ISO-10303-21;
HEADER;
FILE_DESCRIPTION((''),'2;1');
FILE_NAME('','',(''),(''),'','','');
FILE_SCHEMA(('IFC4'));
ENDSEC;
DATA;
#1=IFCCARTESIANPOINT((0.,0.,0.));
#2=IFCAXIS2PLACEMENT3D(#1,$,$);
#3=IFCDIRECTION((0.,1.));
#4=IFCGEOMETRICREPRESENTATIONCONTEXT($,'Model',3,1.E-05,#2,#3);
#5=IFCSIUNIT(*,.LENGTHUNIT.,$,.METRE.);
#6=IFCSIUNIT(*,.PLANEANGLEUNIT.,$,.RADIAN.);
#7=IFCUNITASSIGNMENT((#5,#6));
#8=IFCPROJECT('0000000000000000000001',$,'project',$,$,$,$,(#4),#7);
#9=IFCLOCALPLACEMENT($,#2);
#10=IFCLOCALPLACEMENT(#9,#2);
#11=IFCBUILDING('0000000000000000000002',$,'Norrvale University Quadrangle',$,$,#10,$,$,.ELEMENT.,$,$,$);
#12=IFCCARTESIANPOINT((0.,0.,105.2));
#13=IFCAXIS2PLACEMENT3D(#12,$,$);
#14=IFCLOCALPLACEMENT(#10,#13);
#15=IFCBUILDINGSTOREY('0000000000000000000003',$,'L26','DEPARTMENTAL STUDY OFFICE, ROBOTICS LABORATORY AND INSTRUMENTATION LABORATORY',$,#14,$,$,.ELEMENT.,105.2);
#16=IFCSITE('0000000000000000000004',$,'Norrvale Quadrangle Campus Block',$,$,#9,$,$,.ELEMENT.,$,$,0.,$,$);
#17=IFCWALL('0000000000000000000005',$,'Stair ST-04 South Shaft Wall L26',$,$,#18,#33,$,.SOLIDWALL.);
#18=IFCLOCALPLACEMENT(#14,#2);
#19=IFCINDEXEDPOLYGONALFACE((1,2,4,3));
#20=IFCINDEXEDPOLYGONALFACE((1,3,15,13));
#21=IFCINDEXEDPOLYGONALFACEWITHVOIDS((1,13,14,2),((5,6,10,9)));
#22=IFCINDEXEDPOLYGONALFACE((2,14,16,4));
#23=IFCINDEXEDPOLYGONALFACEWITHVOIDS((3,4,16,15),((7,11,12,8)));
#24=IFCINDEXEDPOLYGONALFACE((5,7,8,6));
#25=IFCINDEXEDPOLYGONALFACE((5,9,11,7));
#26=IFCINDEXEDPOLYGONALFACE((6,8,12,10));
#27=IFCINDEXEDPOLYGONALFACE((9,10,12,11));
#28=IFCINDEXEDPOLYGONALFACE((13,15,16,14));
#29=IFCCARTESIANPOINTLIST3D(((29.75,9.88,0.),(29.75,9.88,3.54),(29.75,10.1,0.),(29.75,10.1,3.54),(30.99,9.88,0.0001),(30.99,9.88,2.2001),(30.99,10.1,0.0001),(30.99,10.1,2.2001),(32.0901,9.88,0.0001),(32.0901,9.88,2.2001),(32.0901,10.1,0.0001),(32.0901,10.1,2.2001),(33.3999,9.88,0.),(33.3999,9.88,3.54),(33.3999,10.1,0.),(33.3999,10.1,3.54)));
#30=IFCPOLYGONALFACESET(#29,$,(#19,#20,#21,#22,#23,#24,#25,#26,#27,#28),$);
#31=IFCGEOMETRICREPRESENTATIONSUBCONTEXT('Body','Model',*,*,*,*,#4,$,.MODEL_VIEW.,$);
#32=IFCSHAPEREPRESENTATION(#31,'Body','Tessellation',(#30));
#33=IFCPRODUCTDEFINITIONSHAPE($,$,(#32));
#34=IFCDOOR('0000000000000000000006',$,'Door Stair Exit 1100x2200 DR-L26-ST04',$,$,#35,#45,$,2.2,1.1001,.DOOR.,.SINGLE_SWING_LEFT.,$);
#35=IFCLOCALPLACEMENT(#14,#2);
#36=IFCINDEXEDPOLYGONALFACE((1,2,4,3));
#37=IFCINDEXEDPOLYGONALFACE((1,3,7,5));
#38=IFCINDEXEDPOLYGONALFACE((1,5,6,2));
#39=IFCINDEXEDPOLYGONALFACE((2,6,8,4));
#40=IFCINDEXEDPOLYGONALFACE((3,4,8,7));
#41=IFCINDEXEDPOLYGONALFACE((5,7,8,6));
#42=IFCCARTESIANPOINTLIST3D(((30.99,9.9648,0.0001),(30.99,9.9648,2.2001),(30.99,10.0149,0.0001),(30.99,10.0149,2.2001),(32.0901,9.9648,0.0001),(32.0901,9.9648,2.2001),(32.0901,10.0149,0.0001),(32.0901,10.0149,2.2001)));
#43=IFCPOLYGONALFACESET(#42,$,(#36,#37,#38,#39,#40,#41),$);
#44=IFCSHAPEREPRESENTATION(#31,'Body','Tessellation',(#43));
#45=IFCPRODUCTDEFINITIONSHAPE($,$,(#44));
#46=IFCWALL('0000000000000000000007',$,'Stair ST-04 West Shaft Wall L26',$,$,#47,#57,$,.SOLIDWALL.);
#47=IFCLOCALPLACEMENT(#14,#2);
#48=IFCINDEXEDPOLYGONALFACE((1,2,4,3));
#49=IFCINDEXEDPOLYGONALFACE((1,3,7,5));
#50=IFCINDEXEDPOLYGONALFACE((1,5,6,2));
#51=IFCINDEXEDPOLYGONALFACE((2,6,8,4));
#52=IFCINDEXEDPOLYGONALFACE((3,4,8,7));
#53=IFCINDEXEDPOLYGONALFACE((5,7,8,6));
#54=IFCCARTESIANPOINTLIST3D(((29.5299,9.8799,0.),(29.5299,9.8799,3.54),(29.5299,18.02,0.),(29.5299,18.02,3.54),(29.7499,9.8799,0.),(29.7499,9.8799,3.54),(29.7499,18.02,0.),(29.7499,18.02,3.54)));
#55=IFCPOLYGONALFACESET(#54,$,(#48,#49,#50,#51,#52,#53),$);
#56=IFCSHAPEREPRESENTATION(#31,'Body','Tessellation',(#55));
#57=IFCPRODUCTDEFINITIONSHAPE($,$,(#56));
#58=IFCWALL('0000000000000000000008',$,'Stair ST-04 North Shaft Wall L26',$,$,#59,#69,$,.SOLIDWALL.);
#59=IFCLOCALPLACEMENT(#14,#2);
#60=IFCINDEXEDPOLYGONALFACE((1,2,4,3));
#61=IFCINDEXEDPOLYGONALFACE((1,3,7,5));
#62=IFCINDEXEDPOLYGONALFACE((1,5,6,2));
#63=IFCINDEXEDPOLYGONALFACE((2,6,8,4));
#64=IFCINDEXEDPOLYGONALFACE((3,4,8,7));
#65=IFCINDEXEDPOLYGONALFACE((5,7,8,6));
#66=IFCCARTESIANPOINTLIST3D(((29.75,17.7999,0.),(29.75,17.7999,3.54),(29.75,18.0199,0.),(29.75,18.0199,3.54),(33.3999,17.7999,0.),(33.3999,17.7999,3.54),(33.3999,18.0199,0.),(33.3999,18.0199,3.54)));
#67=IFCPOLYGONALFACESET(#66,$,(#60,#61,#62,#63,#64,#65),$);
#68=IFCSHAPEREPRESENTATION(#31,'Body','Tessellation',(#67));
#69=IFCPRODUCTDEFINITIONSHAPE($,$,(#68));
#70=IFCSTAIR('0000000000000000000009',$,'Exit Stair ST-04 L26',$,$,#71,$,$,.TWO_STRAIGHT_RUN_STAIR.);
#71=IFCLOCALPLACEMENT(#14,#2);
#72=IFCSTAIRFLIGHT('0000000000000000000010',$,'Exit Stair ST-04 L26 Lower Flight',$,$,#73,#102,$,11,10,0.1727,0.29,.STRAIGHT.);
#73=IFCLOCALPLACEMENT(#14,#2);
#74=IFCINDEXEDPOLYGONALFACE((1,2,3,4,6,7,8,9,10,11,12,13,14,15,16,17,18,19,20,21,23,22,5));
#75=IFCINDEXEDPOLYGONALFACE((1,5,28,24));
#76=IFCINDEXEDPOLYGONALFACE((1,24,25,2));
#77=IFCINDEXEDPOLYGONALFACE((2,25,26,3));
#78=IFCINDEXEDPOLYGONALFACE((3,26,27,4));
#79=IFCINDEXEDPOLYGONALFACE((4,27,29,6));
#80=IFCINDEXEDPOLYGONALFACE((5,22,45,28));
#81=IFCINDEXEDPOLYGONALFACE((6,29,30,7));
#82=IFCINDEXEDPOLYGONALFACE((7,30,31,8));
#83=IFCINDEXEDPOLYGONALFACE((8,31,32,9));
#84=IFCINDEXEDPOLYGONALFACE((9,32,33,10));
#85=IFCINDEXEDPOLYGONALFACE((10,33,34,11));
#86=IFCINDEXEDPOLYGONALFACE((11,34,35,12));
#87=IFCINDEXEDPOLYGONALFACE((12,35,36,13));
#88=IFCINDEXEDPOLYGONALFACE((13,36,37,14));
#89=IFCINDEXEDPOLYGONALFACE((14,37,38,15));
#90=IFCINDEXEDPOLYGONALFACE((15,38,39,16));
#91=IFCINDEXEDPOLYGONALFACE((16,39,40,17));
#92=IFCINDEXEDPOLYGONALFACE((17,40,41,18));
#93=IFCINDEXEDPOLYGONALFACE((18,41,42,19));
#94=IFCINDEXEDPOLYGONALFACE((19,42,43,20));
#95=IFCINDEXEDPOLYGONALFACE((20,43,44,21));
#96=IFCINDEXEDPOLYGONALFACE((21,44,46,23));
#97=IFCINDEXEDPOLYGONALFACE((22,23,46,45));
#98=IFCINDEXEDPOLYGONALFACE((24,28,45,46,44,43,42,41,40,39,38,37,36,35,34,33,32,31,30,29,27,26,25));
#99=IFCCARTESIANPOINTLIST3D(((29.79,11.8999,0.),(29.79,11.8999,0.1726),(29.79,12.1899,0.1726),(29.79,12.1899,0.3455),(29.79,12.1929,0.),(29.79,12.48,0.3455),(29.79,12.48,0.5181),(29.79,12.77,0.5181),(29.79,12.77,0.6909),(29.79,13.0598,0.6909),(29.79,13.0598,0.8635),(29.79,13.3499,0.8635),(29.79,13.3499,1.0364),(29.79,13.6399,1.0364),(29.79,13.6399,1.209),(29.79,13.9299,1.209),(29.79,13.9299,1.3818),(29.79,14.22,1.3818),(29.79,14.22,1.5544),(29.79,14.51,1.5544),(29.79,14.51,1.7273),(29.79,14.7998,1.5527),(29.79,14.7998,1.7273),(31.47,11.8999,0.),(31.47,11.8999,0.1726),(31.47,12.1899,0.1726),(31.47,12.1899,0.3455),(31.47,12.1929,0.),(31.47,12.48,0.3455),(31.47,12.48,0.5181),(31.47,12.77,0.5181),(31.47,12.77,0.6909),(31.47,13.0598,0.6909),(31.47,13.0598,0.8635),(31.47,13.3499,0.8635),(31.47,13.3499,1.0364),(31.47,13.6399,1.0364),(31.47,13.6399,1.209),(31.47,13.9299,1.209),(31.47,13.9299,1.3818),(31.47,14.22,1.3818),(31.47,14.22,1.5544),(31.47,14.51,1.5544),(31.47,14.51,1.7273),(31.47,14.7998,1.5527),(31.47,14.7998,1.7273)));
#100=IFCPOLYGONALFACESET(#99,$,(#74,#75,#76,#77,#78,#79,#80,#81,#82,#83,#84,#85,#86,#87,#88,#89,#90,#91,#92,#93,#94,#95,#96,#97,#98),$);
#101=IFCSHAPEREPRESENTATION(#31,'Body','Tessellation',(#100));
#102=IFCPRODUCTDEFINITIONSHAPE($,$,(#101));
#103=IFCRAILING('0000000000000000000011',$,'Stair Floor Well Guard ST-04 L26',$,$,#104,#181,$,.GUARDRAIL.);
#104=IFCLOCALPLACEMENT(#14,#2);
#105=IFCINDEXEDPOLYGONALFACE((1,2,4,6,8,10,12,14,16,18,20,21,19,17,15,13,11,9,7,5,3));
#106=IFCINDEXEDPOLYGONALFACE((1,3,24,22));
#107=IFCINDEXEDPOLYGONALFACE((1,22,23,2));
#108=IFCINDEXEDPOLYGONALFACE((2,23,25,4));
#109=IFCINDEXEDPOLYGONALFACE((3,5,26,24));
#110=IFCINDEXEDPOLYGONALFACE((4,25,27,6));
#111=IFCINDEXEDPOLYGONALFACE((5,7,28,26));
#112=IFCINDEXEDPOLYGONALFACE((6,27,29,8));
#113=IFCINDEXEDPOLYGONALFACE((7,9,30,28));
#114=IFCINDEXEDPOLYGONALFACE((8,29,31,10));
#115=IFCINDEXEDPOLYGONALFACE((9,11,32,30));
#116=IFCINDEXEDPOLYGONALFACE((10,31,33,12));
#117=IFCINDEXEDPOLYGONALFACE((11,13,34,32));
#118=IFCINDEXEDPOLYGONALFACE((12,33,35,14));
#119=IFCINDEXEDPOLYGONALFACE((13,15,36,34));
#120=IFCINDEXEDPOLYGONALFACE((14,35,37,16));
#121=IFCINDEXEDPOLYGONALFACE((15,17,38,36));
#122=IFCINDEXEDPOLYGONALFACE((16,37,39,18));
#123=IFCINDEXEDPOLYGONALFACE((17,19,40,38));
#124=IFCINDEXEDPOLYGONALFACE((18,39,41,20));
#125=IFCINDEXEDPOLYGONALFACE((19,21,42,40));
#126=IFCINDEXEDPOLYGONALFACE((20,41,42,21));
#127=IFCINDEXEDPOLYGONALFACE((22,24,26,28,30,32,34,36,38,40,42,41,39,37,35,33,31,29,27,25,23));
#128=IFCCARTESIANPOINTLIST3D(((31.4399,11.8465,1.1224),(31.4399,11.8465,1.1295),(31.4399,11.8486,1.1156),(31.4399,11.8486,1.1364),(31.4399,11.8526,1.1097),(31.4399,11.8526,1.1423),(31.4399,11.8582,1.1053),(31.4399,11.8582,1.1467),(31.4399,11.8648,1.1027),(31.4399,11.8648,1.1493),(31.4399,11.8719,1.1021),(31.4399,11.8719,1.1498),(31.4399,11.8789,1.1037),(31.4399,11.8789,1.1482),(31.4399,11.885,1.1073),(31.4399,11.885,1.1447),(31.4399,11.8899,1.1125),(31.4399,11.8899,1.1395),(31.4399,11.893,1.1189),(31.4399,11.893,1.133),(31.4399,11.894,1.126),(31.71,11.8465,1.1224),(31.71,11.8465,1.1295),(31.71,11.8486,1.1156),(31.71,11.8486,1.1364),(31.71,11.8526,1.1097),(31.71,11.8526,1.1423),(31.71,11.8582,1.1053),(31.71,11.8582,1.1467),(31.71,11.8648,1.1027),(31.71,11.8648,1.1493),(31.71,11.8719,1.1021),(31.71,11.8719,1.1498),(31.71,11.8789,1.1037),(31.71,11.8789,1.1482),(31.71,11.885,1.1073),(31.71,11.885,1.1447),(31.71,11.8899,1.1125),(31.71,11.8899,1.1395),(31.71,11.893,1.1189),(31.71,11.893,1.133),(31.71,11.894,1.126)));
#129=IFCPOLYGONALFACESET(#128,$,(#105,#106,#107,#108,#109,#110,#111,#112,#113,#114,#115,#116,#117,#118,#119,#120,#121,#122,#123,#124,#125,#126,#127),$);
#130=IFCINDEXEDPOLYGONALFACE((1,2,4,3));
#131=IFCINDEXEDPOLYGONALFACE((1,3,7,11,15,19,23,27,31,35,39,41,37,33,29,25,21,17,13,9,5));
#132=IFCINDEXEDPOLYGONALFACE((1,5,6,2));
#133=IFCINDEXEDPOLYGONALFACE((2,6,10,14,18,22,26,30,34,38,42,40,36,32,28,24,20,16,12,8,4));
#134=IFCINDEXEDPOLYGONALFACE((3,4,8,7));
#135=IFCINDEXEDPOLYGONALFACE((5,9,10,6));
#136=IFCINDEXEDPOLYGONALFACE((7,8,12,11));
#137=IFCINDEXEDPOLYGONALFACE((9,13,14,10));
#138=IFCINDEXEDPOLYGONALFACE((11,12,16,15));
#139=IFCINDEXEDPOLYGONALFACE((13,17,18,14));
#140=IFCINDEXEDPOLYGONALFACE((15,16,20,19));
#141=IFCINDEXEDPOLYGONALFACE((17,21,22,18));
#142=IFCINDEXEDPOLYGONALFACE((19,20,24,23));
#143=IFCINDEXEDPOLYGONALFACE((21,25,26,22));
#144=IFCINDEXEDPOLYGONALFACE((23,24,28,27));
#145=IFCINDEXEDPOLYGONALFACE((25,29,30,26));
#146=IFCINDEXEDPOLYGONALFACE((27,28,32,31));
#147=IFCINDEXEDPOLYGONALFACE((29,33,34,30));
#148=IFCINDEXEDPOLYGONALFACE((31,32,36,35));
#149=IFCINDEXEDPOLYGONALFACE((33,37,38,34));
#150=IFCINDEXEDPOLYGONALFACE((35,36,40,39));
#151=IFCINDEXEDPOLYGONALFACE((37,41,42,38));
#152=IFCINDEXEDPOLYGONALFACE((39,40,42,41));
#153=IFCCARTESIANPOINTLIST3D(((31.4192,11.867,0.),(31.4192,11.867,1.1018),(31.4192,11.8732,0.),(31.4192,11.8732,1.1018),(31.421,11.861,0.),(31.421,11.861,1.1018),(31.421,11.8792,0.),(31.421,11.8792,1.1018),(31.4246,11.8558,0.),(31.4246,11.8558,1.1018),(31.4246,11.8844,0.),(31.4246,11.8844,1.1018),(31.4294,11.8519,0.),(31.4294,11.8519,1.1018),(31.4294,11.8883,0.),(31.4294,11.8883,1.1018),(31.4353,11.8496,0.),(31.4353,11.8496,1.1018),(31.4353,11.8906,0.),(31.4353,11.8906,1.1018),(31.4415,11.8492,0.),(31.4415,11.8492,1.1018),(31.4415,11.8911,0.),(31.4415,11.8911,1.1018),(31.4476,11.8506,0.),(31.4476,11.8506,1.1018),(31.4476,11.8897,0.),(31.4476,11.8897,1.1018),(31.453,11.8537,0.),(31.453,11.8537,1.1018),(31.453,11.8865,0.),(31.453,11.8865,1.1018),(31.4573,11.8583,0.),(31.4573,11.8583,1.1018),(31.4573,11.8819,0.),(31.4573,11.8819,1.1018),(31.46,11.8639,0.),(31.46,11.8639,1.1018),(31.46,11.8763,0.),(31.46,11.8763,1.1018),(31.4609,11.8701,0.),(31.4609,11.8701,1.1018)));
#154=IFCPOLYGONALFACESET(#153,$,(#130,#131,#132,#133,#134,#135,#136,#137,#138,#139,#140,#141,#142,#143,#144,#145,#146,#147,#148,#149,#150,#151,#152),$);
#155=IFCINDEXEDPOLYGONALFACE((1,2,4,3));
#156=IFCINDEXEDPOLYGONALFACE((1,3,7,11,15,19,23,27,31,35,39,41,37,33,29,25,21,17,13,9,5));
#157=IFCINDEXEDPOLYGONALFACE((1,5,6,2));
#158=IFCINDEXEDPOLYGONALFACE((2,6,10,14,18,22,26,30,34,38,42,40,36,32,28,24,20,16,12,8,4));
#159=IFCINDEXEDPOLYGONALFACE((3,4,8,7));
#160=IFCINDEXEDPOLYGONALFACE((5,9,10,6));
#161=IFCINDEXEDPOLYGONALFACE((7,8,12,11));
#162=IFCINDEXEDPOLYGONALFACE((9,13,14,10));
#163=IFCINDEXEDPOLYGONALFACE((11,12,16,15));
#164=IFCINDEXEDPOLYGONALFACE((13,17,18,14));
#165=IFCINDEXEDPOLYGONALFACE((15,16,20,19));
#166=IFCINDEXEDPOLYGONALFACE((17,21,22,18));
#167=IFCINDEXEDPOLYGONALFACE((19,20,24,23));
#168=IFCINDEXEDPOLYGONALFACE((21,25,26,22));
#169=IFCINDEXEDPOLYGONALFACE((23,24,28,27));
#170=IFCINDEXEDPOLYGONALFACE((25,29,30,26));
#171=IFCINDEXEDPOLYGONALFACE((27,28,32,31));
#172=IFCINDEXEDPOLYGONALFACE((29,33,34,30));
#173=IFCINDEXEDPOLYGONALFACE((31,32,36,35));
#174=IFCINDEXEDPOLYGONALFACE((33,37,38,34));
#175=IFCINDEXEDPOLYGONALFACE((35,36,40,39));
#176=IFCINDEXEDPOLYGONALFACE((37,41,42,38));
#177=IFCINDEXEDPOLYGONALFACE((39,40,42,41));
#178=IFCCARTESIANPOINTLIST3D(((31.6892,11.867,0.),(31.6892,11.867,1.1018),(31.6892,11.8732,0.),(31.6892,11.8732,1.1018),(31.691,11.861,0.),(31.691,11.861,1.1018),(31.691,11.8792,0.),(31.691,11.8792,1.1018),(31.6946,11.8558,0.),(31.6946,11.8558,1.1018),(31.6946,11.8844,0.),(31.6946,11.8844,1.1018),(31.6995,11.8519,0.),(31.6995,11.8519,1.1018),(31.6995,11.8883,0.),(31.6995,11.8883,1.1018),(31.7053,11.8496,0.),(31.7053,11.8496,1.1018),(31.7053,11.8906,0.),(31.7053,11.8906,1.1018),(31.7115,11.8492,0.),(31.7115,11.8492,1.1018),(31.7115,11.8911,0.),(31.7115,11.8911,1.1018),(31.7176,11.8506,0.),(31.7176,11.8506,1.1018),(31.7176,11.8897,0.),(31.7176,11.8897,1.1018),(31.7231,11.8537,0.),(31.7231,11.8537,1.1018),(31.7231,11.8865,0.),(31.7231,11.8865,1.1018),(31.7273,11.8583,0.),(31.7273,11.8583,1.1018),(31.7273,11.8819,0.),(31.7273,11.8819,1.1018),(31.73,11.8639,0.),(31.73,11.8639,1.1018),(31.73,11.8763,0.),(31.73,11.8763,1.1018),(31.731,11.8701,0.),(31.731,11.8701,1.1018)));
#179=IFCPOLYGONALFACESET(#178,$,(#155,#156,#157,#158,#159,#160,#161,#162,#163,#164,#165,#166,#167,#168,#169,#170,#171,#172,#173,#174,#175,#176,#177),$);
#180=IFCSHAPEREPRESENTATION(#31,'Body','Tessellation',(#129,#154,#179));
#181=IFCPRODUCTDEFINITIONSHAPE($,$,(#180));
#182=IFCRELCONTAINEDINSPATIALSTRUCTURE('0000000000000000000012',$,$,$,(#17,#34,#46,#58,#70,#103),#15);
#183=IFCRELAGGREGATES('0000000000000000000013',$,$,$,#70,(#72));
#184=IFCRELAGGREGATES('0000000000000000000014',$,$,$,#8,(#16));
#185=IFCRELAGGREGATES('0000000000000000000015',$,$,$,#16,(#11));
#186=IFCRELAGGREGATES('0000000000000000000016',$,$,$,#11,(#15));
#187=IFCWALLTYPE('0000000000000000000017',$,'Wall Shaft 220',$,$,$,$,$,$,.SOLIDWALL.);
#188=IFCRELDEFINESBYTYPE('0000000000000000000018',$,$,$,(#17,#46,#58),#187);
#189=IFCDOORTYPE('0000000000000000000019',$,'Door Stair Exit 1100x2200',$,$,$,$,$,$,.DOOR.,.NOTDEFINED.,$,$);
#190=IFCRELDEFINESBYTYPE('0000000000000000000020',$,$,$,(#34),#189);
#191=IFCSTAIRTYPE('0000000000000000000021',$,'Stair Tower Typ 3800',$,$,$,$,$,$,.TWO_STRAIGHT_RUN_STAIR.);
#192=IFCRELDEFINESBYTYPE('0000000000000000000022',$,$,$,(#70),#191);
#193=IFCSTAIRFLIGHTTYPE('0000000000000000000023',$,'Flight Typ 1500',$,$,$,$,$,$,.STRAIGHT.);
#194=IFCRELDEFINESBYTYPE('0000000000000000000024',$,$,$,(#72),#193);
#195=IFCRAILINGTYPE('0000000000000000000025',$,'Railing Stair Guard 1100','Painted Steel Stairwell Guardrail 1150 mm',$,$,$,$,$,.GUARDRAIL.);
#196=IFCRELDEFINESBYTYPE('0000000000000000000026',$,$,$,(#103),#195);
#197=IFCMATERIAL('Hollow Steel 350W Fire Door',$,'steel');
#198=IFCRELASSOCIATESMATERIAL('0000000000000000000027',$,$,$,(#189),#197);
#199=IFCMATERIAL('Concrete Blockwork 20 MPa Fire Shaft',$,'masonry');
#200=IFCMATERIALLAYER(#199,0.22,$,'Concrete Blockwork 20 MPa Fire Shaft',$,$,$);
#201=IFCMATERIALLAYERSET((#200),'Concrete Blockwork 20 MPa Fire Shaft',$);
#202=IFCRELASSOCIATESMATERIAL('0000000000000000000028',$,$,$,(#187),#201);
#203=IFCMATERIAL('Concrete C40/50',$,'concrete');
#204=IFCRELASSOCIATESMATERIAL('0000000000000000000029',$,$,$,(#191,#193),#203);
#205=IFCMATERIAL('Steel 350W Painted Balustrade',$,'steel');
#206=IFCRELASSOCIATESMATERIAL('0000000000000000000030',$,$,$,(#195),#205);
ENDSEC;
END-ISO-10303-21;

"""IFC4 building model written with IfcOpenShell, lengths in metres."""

from ifc_helpers import new_model, si_unit, direction, frame, frame_2d, origin, origin_2d, place, context, subcontext, project, spatial, polyline, rectangle, circle, outline, extrude, material, layer, layer_set, type_object, element, fill, aggregate, save


model = new_model("IFC4")

# Units and contexts
model_context = context("Model", 3, precision=1e-05, world=origin(), true_north=direction((0.0, 1.0)))
body_context = subcontext(model_context, "Body", "Model", "MODEL_VIEW")
ifc_project = project(units=[si_unit("LENGTHUNIT", "METRE"), si_unit("PLANEANGLEUNIT", "RADIAN")], contexts=[model_context])

# Site, building, storey
site_placement = place(None, origin())
site = spatial("IfcSite", under=ifc_project, at=site_placement, Name="Norrvale Quadrangle Campus Block", CompositionType="ELEMENT", RefElevation=0.0)
building_placement = place(site_placement, origin())
building = spatial("IfcBuilding", under=site, at=building_placement, Name="Norrvale University Quadrangle", CompositionType="ELEMENT")
storey_placement = place(building_placement, frame((0.0, 0.0, 105.2)))
storey = spatial("IfcBuildingStorey", under=building, at=storey_placement, Name="L26", Description="DEPARTMENTAL STUDY OFFICE, ROBOTICS LABORATORY AND INSTRUMENTATION LABORATORY", CompositionType="ELEMENT", Elevation=105.2)

# Shared definitions
ifc_material_1 = material(Name="Hollow Steel 350W Fire Door", Category="steel")
door_type = type_object("IfcDoorType", Name="Door Stair Exit 1100x2200", OperationType="NOTDEFINED", PredefinedType="DOOR", material=ifc_material_1)

# Wall, opening, door
ifc_material_2 = material(Name="Concrete Blockwork 20 MPa Fire Shaft", Category="masonry")
ifc_layer_1 = layer(ifc_material_2, 0.22, Name="Concrete Blockwork 20 MPa Fire Shaft")
ifc_layer_set_1 = layer_set([ifc_layer_1], Name="Concrete Blockwork 20 MPa Fire Shaft")
wall_type_1 = type_object("IfcWallType", Name="Wall Shaft 220", PredefinedType="SOLIDWALL", material=ifc_layer_set_1)
wall_1_placement = place(storey_placement, frame((29.75, 9.99, 0.0), z_axis=(0.0, 0.0, 1.0), x_axis=(1.0, 0.0, 0.0)))
wall_1 = element("IfcWall", 1, at=wall_1_placement, inside=storey, type_object=wall_type_1, Name="Stair ST-04 South Shaft Wall L26", PredefinedType="SOLIDWALL", context=body_context, shape_type="SweptSolid", body=[
    extrude(rectangle(XDim=3.6499, YDim=0.22, at=frame_2d((1.825, 0.0))), origin(), (0.0, 0.0, 1.0), 3.54),
])
opening_1_placement = place(wall_1_placement, frame((1.24, 0.0, 0.0)))
opening_1 = element("IfcOpeningElement", 2, at=opening_1_placement, cuts=wall_1, PredefinedType="OPENING", context=body_context, shape_type="SweptSolid", body=[
    extrude(rectangle(XDim=1.1001, YDim=2.2, at=frame_2d((0.55, 1.1001))), frame((0.0, 0.1221, 0.0), z_axis=(0.0, -1.0, 0.0), x_axis=(1.0, 0.0, 0.0)), (0.0, 0.0, 1.0), 0.2439),
])
door_1_placement = place(opening_1_placement, origin())
door_1 = element("IfcDoor", 3, at=door_1_placement, inside=storey, type_object=door_type, Name="Door Stair Exit 1100x2200 DR-L26-ST04", OperationType="SINGLE_SWING_LEFT", OverallHeight=2.2, OverallWidth=1.1001, PredefinedType="DOOR", context=body_context, shape_type="SweptSolid", body=[
    extrude(rectangle(XDim=1.1001, YDim=2.2, at=frame_2d((0.55, 1.1001))), frame((0.0, 0.0249, 0.0), z_axis=(0.0, -1.0, 0.0), x_axis=(1.0, 0.0, 0.0)), (0.0, 0.0, 1.0), 0.05),
])
fill(opening_1, door_1)

# Walls
wall_2_placement = place(storey_placement, frame((29.6399, 9.8799, 0.0), z_axis=(0.0, 0.0, 1.0), x_axis=(0.0, 1.0, 0.0)))
element("IfcWall", 4, at=wall_2_placement, inside=storey, type_object=wall_type_1, Name="Stair ST-04 West Shaft Wall L26", PredefinedType="SOLIDWALL", context=body_context, shape_type="SweptSolid", body=[
    extrude(rectangle(XDim=8.1401, YDim=0.22, at=frame_2d((4.0701, 0.0))), origin(), (0.0, 0.0, 1.0), 3.54),
])
wall_3_placement = place(storey_placement, frame((29.75, 17.9099, 0.0), z_axis=(0.0, 0.0, 1.0), x_axis=(1.0, 0.0, 0.0)))
element("IfcWall", 5, at=wall_3_placement, inside=storey, type_object=wall_type_1, Name="Stair ST-04 North Shaft Wall L26", PredefinedType="SOLIDWALL", context=body_context, shape_type="SweptSolid", body=[
    extrude(rectangle(XDim=3.6499, YDim=0.22, at=frame_2d((1.825, 0.0))), origin(), (0.0, 0.0, 1.0), 3.54),
])

# Stair, stair flight
ifc_material_3 = material(Name="Concrete C40/50", Category="concrete")
stair_type = type_object("IfcStairType", Name="Stair Tower Typ 3800", PredefinedType="TWO_STRAIGHT_RUN_STAIR", material=ifc_material_3)
stair_placement = place(storey_placement, origin())
stair = element("IfcStair", 6, at=stair_placement, inside=storey, type_object=stair_type, Name="Exit Stair ST-04 L26", PredefinedType="TWO_STRAIGHT_RUN_STAIR")
stair_flight_type = type_object("IfcStairFlightType", Name="Flight Typ 1500", PredefinedType="STRAIGHT", material=ifc_material_3)
stair_flight_placement = place(storey_placement, frame((30.6299, 11.8999, 0.0), z_axis=(0.0, 0.0, 1.0), x_axis=(0.0, 1.0, 0.0)))
stair_flight = element("IfcStairFlight", 7, at=stair_flight_placement, type_object=stair_flight_type, Name="Exit Stair ST-04 L26 Lower Flight", NumberOfRisers=11, NumberOfTreads=10, PredefinedType="STRAIGHT", RiserHeight=0.1727, TreadLength=0.29, context=body_context, shape_type="SweptSolid", body=[
    extrude(outline(polyline([(0.0, 0.0), (0.0, 0.1726), (0.29, 0.1726), (0.29, 0.3455), (0.5801, 0.3455), (0.5801, 0.5181), (0.8701, 0.5181), (0.8701, 0.6909), (1.1599, 0.6909), (1.1599, 0.8635), (1.45, 0.8635), (1.45, 1.0364), (1.74, 1.0364), (1.74, 1.209), (2.03, 1.209), (2.03, 1.3818), (2.3201, 1.3818), (2.3201, 1.5544), (2.6101, 1.5544), (2.6101, 1.7273), (2.8999, 1.7273), (2.8999, 1.8999), (2.8999, 1.5527), (0.293, 0.0), (0.0, 0.0)])), frame((0.0, 0.8398, 0.0), z_axis=(0.0, -1.0, 0.0), x_axis=(1.0, 0.0, 0.0)), (0.0, 0.0, 1.0), 1.6799),
])
aggregate(stair, [stair_flight])

# Railing
ifc_material_4 = material(Name="Steel 350W Painted Balustrade", Category="steel")
railing_type_1 = type_object("IfcRailingType", Name="Railing Stair Guard 1100", Description="Painted Steel Stairwell Guardrail 1150 mm", PredefinedType="GUARDRAIL", material=ifc_material_4)
railing_1_placement = place(storey_placement, frame((31.4399, 11.8701, 0.0)))
element("IfcRailing", 8, at=railing_1_placement, inside=storey, type_object=railing_type_1, Name="Stair Floor Well Guard ST-04 L26", PredefinedType="GUARDRAIL", context=body_context, shape_type="SweptSolid", body=[
    extrude(circle(Radius=0.0239, at=origin_2d()), frame((0.0, 0.0, 1.126), z_axis=(1.0, 0.0, 0.0), x_axis=(0.0, 1.0, 0.0)), (0.0, 0.0, 1.0), 0.27),
    extrude(circle(Radius=0.021, at=origin_2d()), origin(), (0.0, 0.0, 1.0), 1.1018),
    extrude(circle(Radius=0.021, at=origin_2d()), frame((0.27, 0.0, 0.0)), (0.0, 0.0, 1.0), 1.1018),
])

save(model, "model.ifc")
